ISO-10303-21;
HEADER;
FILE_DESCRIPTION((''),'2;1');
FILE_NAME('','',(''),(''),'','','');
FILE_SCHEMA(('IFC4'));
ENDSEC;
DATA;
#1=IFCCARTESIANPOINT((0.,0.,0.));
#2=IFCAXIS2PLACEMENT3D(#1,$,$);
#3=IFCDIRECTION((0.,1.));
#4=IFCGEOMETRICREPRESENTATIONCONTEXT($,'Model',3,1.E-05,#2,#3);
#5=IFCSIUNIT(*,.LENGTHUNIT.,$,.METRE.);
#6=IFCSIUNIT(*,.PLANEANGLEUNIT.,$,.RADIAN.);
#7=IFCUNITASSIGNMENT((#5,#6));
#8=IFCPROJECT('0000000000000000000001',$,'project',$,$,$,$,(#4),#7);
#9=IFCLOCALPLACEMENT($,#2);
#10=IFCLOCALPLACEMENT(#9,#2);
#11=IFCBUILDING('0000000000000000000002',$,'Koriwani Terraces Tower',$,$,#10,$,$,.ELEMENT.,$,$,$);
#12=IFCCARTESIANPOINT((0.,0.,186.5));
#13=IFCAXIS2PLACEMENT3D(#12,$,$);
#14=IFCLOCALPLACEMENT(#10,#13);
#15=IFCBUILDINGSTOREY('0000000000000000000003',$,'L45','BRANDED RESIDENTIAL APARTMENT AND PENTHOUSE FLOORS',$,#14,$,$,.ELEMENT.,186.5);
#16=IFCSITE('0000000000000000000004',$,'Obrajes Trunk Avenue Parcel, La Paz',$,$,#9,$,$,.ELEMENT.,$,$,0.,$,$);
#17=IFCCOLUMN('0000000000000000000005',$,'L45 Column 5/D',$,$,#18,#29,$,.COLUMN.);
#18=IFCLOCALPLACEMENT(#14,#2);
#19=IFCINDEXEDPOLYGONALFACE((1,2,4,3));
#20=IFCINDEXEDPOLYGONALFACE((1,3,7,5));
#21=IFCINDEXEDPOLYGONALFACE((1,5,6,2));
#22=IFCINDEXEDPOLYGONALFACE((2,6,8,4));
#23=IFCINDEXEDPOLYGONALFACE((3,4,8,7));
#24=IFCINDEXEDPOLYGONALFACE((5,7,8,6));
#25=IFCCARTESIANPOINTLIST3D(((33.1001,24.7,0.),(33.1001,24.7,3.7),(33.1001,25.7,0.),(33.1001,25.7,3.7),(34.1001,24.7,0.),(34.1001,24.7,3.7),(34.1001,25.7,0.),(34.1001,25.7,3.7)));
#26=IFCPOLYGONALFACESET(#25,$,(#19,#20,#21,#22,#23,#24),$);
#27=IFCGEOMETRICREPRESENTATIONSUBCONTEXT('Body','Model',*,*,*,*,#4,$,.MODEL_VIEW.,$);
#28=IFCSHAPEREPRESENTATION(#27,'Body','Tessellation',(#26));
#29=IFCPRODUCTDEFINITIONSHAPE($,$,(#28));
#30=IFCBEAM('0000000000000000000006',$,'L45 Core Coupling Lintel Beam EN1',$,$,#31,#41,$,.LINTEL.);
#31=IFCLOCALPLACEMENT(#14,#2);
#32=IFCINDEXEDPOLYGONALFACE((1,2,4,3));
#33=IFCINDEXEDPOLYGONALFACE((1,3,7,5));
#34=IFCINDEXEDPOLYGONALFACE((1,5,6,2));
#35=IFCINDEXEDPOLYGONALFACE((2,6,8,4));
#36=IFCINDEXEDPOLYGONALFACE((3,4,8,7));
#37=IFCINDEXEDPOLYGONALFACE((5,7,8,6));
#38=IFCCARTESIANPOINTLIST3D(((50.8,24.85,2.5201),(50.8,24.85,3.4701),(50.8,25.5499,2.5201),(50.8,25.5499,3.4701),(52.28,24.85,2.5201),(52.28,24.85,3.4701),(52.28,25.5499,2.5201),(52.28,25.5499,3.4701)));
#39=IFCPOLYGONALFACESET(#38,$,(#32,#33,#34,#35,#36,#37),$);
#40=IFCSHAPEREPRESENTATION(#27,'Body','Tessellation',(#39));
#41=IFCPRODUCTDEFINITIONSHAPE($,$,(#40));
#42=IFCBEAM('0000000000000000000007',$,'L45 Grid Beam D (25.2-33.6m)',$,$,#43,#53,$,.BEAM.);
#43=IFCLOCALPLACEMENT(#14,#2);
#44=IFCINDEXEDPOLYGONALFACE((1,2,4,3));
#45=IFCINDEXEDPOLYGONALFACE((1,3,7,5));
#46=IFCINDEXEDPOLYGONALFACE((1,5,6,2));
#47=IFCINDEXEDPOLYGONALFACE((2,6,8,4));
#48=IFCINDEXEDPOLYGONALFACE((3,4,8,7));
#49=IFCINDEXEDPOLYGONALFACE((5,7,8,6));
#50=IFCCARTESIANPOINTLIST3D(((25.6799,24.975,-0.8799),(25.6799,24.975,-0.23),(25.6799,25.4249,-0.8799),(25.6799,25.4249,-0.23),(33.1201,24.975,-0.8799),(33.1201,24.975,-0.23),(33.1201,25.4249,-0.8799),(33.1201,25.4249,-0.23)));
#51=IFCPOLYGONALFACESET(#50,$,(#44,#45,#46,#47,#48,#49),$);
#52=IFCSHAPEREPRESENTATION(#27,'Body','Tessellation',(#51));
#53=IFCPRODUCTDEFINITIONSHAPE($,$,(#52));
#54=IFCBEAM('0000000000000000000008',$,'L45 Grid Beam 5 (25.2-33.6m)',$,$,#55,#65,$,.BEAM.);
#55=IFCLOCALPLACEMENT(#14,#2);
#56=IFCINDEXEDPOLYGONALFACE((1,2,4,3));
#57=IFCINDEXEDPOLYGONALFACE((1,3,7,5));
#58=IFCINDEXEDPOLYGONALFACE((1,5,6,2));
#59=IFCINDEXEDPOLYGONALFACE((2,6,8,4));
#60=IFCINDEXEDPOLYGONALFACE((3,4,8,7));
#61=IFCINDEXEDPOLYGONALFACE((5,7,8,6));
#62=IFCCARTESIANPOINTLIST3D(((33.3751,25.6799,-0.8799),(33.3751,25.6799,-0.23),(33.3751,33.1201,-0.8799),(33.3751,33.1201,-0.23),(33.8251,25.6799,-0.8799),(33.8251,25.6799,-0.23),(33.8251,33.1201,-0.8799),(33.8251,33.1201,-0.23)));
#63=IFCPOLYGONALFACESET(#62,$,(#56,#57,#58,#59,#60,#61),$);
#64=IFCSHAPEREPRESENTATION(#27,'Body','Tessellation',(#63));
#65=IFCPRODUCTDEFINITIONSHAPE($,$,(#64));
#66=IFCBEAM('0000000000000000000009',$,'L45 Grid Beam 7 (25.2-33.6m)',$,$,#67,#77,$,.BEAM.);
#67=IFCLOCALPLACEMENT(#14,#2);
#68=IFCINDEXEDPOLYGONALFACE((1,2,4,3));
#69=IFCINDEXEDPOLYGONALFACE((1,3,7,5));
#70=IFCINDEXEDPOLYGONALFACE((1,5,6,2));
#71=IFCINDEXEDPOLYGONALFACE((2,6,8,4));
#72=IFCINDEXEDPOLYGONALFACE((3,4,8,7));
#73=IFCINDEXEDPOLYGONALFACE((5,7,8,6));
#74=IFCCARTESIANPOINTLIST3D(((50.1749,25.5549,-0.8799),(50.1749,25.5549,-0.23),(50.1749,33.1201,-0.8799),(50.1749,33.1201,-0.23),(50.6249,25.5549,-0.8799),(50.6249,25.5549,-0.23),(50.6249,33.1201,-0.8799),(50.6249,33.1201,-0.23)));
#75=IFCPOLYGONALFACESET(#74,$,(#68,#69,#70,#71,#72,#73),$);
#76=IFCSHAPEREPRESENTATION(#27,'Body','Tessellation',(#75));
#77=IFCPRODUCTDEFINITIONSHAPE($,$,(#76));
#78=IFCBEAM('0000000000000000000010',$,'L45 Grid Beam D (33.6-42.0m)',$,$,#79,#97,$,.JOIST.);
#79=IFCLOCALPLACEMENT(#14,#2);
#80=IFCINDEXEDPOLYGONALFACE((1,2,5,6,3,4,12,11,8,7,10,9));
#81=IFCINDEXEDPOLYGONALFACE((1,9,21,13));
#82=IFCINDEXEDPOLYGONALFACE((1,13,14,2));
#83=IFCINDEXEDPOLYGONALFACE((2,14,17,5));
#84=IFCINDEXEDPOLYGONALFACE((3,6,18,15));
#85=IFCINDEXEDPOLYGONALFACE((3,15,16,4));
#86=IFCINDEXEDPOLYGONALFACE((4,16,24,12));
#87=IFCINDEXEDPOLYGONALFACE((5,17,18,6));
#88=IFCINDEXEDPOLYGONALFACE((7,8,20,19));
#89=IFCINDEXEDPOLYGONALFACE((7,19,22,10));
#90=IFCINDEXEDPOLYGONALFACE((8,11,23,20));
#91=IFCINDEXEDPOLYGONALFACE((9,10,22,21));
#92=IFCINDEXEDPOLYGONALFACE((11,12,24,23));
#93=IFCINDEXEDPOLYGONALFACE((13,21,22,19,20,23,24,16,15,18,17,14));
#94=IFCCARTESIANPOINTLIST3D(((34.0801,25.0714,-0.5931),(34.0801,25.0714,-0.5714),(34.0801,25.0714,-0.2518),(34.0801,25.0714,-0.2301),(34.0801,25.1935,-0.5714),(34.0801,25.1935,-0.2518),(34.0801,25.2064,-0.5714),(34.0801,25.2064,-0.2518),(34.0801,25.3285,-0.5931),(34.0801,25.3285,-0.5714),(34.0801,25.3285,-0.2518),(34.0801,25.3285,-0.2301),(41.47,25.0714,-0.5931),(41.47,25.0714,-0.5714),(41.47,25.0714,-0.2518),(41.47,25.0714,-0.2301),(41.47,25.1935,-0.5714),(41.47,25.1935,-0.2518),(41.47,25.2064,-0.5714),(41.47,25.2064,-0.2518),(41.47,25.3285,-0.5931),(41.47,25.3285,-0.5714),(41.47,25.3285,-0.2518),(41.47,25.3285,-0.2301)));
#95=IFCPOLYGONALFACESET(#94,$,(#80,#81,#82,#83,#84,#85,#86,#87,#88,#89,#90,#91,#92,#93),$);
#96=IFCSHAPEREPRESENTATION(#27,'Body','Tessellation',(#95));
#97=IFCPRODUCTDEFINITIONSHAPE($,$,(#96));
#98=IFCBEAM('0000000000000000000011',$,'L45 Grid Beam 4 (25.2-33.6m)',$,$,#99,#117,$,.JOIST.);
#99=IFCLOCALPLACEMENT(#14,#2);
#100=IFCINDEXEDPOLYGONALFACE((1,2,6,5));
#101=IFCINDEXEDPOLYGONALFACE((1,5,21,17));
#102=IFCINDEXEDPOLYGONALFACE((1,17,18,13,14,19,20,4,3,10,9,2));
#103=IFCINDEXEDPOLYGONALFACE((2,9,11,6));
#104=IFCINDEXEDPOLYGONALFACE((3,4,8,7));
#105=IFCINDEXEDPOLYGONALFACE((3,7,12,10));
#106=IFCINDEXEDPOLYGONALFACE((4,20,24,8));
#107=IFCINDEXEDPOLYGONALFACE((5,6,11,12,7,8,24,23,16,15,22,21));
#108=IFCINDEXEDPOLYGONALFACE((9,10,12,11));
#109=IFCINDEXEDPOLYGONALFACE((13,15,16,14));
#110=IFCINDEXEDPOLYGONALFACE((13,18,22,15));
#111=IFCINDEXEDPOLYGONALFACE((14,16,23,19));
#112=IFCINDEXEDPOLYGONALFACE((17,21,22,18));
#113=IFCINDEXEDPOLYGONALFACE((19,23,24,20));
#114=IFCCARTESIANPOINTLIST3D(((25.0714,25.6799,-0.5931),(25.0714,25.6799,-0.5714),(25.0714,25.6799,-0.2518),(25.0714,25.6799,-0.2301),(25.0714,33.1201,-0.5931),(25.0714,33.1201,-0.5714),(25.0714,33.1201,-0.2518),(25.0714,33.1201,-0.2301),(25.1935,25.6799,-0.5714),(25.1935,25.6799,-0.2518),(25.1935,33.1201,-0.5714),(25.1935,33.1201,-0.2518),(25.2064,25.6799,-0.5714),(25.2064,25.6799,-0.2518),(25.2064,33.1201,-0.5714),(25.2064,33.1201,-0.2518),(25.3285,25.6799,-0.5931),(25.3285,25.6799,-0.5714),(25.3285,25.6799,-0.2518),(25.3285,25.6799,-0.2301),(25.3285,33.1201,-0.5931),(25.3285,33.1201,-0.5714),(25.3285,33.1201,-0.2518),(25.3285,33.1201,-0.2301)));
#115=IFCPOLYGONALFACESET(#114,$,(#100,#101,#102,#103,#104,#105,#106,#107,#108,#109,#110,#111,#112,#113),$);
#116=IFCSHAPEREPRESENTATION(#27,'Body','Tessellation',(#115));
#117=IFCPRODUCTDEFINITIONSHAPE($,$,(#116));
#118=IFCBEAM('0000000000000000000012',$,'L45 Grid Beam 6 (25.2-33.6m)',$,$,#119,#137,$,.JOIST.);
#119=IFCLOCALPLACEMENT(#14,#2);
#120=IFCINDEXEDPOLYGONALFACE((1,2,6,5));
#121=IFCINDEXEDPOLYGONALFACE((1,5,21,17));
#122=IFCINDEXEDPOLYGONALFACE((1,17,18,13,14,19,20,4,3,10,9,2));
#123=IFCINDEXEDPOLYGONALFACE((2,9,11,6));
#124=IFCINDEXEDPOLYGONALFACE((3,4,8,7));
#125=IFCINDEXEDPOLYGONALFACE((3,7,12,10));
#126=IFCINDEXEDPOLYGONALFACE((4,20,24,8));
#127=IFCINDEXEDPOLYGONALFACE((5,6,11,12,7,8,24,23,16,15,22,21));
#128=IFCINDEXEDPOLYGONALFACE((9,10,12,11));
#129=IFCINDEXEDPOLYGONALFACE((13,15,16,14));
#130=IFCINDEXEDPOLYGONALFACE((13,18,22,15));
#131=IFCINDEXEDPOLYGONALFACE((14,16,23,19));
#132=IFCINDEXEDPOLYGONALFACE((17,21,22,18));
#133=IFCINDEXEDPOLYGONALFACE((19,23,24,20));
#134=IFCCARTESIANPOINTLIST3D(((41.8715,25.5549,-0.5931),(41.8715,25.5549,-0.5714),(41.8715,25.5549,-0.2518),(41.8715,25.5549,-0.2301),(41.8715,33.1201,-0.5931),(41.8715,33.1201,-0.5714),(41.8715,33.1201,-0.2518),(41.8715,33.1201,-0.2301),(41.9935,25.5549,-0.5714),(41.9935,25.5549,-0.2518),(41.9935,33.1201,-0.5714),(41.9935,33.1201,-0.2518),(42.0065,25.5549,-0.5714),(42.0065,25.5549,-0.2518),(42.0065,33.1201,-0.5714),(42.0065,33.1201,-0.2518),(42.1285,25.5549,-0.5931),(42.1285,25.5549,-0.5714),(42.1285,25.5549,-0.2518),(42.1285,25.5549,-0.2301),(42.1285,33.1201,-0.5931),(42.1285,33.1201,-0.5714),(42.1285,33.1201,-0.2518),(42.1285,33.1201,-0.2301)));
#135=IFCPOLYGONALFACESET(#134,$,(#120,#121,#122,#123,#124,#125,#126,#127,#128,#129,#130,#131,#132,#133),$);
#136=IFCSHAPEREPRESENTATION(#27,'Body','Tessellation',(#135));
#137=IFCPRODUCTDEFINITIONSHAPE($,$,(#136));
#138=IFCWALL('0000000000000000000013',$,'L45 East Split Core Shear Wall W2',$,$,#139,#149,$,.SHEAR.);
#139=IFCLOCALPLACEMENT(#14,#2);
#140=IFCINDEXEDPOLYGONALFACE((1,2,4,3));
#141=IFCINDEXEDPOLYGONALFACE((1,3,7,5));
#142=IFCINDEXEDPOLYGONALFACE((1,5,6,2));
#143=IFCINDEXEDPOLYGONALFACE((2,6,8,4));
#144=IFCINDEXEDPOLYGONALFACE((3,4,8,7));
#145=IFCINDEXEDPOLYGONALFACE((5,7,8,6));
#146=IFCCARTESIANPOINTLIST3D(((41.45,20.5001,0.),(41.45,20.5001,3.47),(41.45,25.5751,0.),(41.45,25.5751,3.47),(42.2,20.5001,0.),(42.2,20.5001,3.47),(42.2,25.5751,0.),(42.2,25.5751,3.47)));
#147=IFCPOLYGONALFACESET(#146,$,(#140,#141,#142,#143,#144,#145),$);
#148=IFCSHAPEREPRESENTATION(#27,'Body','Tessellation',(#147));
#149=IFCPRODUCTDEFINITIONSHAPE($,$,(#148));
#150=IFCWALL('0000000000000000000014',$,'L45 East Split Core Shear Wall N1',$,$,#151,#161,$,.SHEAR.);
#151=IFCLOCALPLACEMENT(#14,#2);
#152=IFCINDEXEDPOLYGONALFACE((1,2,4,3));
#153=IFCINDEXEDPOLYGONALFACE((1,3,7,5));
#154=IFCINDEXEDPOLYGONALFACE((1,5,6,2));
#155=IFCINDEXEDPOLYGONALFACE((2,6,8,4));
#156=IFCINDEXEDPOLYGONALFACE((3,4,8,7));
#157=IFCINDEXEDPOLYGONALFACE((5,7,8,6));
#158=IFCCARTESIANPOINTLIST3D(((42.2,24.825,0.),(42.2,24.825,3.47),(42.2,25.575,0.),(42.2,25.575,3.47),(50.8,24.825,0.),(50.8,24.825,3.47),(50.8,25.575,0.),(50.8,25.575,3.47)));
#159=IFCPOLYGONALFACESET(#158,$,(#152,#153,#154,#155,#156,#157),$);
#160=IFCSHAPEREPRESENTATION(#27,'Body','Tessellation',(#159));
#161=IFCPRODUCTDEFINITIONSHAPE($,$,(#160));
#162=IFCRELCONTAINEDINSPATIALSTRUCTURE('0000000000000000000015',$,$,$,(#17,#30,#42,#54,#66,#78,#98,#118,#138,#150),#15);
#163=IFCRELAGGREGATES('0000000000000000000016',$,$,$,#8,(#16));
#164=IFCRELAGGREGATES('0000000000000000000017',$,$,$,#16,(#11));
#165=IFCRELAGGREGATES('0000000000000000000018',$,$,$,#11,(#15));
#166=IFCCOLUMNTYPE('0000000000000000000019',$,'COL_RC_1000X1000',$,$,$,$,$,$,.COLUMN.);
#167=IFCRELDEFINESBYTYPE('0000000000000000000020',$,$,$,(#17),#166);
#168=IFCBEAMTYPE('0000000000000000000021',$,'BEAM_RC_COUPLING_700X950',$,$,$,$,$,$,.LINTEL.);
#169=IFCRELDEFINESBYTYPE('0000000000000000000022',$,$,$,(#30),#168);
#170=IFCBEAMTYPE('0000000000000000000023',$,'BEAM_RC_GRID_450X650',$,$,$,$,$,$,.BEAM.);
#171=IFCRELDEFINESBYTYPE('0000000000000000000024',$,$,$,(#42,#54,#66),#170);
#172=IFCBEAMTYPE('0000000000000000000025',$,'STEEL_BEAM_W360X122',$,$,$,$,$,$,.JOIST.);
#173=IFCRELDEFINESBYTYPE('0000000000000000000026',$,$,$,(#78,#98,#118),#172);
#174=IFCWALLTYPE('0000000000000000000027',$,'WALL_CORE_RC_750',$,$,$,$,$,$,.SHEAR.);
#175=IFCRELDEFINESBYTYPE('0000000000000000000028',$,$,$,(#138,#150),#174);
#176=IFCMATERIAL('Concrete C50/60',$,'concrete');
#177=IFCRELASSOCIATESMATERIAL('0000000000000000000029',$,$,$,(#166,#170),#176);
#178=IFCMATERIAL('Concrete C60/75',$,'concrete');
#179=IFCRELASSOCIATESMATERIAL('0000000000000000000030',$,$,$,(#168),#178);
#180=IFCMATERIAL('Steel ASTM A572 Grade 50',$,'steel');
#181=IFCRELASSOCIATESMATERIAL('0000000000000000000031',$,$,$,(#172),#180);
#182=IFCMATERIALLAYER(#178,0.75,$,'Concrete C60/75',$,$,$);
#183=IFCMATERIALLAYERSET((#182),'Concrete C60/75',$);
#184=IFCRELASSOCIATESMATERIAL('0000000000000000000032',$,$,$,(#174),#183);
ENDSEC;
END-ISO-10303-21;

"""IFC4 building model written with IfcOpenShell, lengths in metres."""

from ifc_helpers import new_model, si_unit, direction, frame, frame_2d, origin, origin_2d, place, context, subcontext, project, spatial, rectangle, i_section, extrude, material, layer, layer_set, material_profile, profile_set, type_object, element, save


model = new_model("IFC4")

# Units and contexts
model_context = context("Model", 3, precision=1e-05, world=origin(), true_north=direction((0.0, 1.0)))
body_context = subcontext(model_context, "Body", "Model", "MODEL_VIEW")
ifc_project = project(units=[si_unit("LENGTHUNIT", "METRE"), si_unit("PLANEANGLEUNIT", "RADIAN")], contexts=[model_context])

# Site, building, storey
site_placement = place(None, origin())
site = spatial("IfcSite", under=ifc_project, at=site_placement, Name="Obrajes Trunk Avenue Parcel, La Paz", CompositionType="ELEMENT", RefElevation=0.0)
building_placement = place(site_placement, origin())
building = spatial("IfcBuilding", under=site, at=building_placement, Name="Koriwani Terraces Tower", CompositionType="ELEMENT")
storey_placement = place(building_placement, frame((0.0, 0.0, 186.5)))
storey = spatial("IfcBuildingStorey", under=building, at=storey_placement, Name="L45", Description="BRANDED RESIDENTIAL APARTMENT AND PENTHOUSE FLOORS", CompositionType="ELEMENT", Elevation=186.5)

# Column
ifc_material_1 = material(Name="Concrete C50/60", Category="concrete")
ifc_material_profile_1 = material_profile(ifc_material_1, rectangle(XDim=1.0, YDim=1.0, at=origin_2d()), Name="Concrete C50/60", Category="LoadBearing")
ifc_profile_set_1 = profile_set([ifc_material_profile_1], Name="Concrete C50/60")
column_type = type_object("IfcColumnType", Name="COL_RC_1000X1000", PredefinedType="COLUMN", material=ifc_profile_set_1)
column_placement = place(storey_placement, frame((33.6001, 25.2, 0.0), z_axis=(0.0, 0.0, 1.0), x_axis=(1.0, 0.0, 0.0)))
element("IfcColumn", 1, at=column_placement, inside=storey, type_object=column_type, Name="L45 Column 5/D", PredefinedType="COLUMN", context=body_context, shape_type="SweptSolid", body=[
    extrude(rectangle(XDim=1.0, YDim=1.0, at=origin_2d()), origin(), (0.0, 0.0, 1.0), 3.7),
])

# Beams
ifc_material_2 = material(Name="Concrete C60/75", Category="concrete")
ifc_material_profile_2 = material_profile(ifc_material_2, rectangle(XDim=0.7, YDim=0.95, at=origin_2d()), Name="Concrete C60/75", Category="LoadBearing")
ifc_profile_set_2 = profile_set([ifc_material_profile_2], Name="Concrete C60/75")
beam_type_1 = type_object("IfcBeamType", Name="BEAM_RC_COUPLING_700X950", PredefinedType="LINTEL", material=ifc_profile_set_2)
beam_1_placement = place(storey_placement, frame((50.8, 25.2, 2.9951), z_axis=(1.0, 0.0, 0.0), x_axis=(0.0, 1.0, 0.0)))
element("IfcBeam", 2, at=beam_1_placement, inside=storey, type_object=beam_type_1, Name="L45 Core Coupling Lintel Beam EN1", PredefinedType="LINTEL", context=body_context, shape_type="SweptSolid", body=[
    extrude(rectangle(XDim=0.7, YDim=0.95, at=origin_2d()), origin(), (0.0, 0.0, 1.0), 1.48),
])
ifc_material_profile_3 = material_profile(ifc_material_1, rectangle(XDim=0.45, YDim=0.6499, at=origin_2d()), Name="Concrete C50/60", Category="LoadBearing")
ifc_profile_set_3 = profile_set([ifc_material_profile_3], Name="Concrete C50/60")
beam_type_2 = type_object("IfcBeamType", Name="BEAM_RC_GRID_450X650", PredefinedType="BEAM", material=ifc_profile_set_3)
for number, where, z_axis, x_axis, name in (
    (3, (25.6799, 25.2, -0.5549), (1.0, 0.0, 0.0), (0.0, 1.0, 0.0), "L45 Grid Beam D (25.2-33.6m)"),
    (4, (33.6001, 25.6799, -0.5549), (0.0, 1.0, 0.0), (-1.0, 0.0, 0.0), "L45 Grid Beam 5 (25.2-33.6m)"),
):
    element("IfcBeam", number, at=place(storey_placement, frame(where, z_axis=z_axis, x_axis=x_axis)), inside=storey, type_object=beam_type_2, Name=name, PredefinedType="BEAM", context=body_context, shape_type="SweptSolid", body=[
        extrude(rectangle(XDim=0.45, YDim=0.6499, at=origin_2d()), origin(), (0.0, 0.0, 1.0), 7.4402),
    ])
beam_2_placement = place(storey_placement, frame((50.3999, 25.5549, -0.5549), z_axis=(0.0, 1.0, 0.0), x_axis=(-1.0, 0.0, 0.0)))
element("IfcBeam", 5, at=beam_2_placement, inside=storey, type_object=beam_type_2, Name="L45 Grid Beam 7 (25.2-33.6m)", PredefinedType="BEAM", context=body_context, shape_type="SweptSolid", body=[
    extrude(rectangle(XDim=0.45, YDim=0.6499, at=origin_2d()), origin(), (0.0, 0.0, 1.0), 7.5652),
])
ifc_material_3 = material(Name="Steel ASTM A572 Grade 50", Category="steel")
ifc_material_profile_4 = material_profile(ifc_material_3, i_section(OverallWidth=0.2571, OverallDepth=0.363, WebThickness=0.0129, FlangeThickness=0.0217, at=origin_2d()), Name="Steel ASTM A572 Grade 50", Category="LoadBearing")
ifc_profile_set_4 = profile_set([ifc_material_profile_4], Name="Steel ASTM A572 Grade 50")
beam_type_3 = type_object("IfcBeamType", Name="STEEL_BEAM_W360X122", PredefinedType="JOIST", material=ifc_profile_set_4)
beam_3_placement = place(storey_placement, frame((34.0801, 25.2, -0.4116), z_axis=(1.0, 0.0, 0.0), x_axis=(0.0, 1.0, 0.0)))
element("IfcBeam", 6, at=beam_3_placement, inside=storey, type_object=beam_type_3, Name="L45 Grid Beam D (33.6-42.0m)", PredefinedType="JOIST", context=body_context, shape_type="SweptSolid", body=[
    extrude(i_section(OverallWidth=0.2571, OverallDepth=0.363, WebThickness=0.0129, FlangeThickness=0.0217, at=origin_2d()), origin(), (0.0, 0.0, 1.0), 7.3899),
])
beam_4_placement = place(storey_placement, frame((25.2, 25.6799, -0.4116), z_axis=(0.0, 1.0, 0.0), x_axis=(-1.0, 0.0, 0.0)))
element("IfcBeam", 7, at=beam_4_placement, inside=storey, type_object=beam_type_3, Name="L45 Grid Beam 4 (25.2-33.6m)", PredefinedType="JOIST", context=body_context, shape_type="SweptSolid", body=[
    extrude(i_section(OverallWidth=0.2571, OverallDepth=0.363, WebThickness=0.0129, FlangeThickness=0.0217, at=origin_2d()), origin(), (0.0, 0.0, 1.0), 7.4402),
])
beam_5_placement = place(storey_placement, frame((42.0, 25.5549, -0.4116), z_axis=(0.0, 1.0, 0.0), x_axis=(-1.0, 0.0, 0.0)))
element("IfcBeam", 8, at=beam_5_placement, inside=storey, type_object=beam_type_3, Name="L45 Grid Beam 6 (25.2-33.6m)", PredefinedType="JOIST", context=body_context, shape_type="SweptSolid", body=[
    extrude(i_section(OverallWidth=0.2571, OverallDepth=0.363, WebThickness=0.0129, FlangeThickness=0.0217, at=origin_2d()), origin(), (0.0, 0.0, 1.0), 7.5652),
])

# Walls
ifc_layer_1 = layer(ifc_material_2, 0.75, Name="Concrete C60/75")
ifc_layer_set_1 = layer_set([ifc_layer_1], Name="Concrete C60/75")
wall_type_1 = type_object("IfcWallType", Name="WALL_CORE_RC_750", PredefinedType="SHEAR", material=ifc_layer_set_1)
wall_1_placement = place(storey_placement, frame((41.825, 20.5, 0.0), z_axis=(0.0, 0.0, 1.0), x_axis=(0.0, 1.0, 0.0)))
element("IfcWall", 9, at=wall_1_placement, inside=storey, type_object=wall_type_1, Name="L45 East Split Core Shear Wall W2", PredefinedType="SHEAR", context=body_context, shape_type="SweptSolid", body=[
    extrude(rectangle(XDim=5.075, YDim=0.75, at=frame_2d((2.5376, 0.0))), origin(), (0.0, 0.0, 1.0), 3.47),
])
wall_2_placement = place(storey_placement, frame((42.2, 25.2, 0.0), z_axis=(0.0, 0.0, 1.0), x_axis=(1.0, 0.0, 0.0)))
element("IfcWall", 10, at=wall_2_placement, inside=storey, type_object=wall_type_1, Name="L45 East Split Core Shear Wall N1", PredefinedType="SHEAR", context=body_context, shape_type="SweptSolid", body=[
    extrude(rectangle(XDim=8.6001, YDim=0.75, at=frame_2d((4.3, 0.0))), origin(), (0.0, 0.0, 1.0), 3.47),
])

save(model, "model.ifc")
